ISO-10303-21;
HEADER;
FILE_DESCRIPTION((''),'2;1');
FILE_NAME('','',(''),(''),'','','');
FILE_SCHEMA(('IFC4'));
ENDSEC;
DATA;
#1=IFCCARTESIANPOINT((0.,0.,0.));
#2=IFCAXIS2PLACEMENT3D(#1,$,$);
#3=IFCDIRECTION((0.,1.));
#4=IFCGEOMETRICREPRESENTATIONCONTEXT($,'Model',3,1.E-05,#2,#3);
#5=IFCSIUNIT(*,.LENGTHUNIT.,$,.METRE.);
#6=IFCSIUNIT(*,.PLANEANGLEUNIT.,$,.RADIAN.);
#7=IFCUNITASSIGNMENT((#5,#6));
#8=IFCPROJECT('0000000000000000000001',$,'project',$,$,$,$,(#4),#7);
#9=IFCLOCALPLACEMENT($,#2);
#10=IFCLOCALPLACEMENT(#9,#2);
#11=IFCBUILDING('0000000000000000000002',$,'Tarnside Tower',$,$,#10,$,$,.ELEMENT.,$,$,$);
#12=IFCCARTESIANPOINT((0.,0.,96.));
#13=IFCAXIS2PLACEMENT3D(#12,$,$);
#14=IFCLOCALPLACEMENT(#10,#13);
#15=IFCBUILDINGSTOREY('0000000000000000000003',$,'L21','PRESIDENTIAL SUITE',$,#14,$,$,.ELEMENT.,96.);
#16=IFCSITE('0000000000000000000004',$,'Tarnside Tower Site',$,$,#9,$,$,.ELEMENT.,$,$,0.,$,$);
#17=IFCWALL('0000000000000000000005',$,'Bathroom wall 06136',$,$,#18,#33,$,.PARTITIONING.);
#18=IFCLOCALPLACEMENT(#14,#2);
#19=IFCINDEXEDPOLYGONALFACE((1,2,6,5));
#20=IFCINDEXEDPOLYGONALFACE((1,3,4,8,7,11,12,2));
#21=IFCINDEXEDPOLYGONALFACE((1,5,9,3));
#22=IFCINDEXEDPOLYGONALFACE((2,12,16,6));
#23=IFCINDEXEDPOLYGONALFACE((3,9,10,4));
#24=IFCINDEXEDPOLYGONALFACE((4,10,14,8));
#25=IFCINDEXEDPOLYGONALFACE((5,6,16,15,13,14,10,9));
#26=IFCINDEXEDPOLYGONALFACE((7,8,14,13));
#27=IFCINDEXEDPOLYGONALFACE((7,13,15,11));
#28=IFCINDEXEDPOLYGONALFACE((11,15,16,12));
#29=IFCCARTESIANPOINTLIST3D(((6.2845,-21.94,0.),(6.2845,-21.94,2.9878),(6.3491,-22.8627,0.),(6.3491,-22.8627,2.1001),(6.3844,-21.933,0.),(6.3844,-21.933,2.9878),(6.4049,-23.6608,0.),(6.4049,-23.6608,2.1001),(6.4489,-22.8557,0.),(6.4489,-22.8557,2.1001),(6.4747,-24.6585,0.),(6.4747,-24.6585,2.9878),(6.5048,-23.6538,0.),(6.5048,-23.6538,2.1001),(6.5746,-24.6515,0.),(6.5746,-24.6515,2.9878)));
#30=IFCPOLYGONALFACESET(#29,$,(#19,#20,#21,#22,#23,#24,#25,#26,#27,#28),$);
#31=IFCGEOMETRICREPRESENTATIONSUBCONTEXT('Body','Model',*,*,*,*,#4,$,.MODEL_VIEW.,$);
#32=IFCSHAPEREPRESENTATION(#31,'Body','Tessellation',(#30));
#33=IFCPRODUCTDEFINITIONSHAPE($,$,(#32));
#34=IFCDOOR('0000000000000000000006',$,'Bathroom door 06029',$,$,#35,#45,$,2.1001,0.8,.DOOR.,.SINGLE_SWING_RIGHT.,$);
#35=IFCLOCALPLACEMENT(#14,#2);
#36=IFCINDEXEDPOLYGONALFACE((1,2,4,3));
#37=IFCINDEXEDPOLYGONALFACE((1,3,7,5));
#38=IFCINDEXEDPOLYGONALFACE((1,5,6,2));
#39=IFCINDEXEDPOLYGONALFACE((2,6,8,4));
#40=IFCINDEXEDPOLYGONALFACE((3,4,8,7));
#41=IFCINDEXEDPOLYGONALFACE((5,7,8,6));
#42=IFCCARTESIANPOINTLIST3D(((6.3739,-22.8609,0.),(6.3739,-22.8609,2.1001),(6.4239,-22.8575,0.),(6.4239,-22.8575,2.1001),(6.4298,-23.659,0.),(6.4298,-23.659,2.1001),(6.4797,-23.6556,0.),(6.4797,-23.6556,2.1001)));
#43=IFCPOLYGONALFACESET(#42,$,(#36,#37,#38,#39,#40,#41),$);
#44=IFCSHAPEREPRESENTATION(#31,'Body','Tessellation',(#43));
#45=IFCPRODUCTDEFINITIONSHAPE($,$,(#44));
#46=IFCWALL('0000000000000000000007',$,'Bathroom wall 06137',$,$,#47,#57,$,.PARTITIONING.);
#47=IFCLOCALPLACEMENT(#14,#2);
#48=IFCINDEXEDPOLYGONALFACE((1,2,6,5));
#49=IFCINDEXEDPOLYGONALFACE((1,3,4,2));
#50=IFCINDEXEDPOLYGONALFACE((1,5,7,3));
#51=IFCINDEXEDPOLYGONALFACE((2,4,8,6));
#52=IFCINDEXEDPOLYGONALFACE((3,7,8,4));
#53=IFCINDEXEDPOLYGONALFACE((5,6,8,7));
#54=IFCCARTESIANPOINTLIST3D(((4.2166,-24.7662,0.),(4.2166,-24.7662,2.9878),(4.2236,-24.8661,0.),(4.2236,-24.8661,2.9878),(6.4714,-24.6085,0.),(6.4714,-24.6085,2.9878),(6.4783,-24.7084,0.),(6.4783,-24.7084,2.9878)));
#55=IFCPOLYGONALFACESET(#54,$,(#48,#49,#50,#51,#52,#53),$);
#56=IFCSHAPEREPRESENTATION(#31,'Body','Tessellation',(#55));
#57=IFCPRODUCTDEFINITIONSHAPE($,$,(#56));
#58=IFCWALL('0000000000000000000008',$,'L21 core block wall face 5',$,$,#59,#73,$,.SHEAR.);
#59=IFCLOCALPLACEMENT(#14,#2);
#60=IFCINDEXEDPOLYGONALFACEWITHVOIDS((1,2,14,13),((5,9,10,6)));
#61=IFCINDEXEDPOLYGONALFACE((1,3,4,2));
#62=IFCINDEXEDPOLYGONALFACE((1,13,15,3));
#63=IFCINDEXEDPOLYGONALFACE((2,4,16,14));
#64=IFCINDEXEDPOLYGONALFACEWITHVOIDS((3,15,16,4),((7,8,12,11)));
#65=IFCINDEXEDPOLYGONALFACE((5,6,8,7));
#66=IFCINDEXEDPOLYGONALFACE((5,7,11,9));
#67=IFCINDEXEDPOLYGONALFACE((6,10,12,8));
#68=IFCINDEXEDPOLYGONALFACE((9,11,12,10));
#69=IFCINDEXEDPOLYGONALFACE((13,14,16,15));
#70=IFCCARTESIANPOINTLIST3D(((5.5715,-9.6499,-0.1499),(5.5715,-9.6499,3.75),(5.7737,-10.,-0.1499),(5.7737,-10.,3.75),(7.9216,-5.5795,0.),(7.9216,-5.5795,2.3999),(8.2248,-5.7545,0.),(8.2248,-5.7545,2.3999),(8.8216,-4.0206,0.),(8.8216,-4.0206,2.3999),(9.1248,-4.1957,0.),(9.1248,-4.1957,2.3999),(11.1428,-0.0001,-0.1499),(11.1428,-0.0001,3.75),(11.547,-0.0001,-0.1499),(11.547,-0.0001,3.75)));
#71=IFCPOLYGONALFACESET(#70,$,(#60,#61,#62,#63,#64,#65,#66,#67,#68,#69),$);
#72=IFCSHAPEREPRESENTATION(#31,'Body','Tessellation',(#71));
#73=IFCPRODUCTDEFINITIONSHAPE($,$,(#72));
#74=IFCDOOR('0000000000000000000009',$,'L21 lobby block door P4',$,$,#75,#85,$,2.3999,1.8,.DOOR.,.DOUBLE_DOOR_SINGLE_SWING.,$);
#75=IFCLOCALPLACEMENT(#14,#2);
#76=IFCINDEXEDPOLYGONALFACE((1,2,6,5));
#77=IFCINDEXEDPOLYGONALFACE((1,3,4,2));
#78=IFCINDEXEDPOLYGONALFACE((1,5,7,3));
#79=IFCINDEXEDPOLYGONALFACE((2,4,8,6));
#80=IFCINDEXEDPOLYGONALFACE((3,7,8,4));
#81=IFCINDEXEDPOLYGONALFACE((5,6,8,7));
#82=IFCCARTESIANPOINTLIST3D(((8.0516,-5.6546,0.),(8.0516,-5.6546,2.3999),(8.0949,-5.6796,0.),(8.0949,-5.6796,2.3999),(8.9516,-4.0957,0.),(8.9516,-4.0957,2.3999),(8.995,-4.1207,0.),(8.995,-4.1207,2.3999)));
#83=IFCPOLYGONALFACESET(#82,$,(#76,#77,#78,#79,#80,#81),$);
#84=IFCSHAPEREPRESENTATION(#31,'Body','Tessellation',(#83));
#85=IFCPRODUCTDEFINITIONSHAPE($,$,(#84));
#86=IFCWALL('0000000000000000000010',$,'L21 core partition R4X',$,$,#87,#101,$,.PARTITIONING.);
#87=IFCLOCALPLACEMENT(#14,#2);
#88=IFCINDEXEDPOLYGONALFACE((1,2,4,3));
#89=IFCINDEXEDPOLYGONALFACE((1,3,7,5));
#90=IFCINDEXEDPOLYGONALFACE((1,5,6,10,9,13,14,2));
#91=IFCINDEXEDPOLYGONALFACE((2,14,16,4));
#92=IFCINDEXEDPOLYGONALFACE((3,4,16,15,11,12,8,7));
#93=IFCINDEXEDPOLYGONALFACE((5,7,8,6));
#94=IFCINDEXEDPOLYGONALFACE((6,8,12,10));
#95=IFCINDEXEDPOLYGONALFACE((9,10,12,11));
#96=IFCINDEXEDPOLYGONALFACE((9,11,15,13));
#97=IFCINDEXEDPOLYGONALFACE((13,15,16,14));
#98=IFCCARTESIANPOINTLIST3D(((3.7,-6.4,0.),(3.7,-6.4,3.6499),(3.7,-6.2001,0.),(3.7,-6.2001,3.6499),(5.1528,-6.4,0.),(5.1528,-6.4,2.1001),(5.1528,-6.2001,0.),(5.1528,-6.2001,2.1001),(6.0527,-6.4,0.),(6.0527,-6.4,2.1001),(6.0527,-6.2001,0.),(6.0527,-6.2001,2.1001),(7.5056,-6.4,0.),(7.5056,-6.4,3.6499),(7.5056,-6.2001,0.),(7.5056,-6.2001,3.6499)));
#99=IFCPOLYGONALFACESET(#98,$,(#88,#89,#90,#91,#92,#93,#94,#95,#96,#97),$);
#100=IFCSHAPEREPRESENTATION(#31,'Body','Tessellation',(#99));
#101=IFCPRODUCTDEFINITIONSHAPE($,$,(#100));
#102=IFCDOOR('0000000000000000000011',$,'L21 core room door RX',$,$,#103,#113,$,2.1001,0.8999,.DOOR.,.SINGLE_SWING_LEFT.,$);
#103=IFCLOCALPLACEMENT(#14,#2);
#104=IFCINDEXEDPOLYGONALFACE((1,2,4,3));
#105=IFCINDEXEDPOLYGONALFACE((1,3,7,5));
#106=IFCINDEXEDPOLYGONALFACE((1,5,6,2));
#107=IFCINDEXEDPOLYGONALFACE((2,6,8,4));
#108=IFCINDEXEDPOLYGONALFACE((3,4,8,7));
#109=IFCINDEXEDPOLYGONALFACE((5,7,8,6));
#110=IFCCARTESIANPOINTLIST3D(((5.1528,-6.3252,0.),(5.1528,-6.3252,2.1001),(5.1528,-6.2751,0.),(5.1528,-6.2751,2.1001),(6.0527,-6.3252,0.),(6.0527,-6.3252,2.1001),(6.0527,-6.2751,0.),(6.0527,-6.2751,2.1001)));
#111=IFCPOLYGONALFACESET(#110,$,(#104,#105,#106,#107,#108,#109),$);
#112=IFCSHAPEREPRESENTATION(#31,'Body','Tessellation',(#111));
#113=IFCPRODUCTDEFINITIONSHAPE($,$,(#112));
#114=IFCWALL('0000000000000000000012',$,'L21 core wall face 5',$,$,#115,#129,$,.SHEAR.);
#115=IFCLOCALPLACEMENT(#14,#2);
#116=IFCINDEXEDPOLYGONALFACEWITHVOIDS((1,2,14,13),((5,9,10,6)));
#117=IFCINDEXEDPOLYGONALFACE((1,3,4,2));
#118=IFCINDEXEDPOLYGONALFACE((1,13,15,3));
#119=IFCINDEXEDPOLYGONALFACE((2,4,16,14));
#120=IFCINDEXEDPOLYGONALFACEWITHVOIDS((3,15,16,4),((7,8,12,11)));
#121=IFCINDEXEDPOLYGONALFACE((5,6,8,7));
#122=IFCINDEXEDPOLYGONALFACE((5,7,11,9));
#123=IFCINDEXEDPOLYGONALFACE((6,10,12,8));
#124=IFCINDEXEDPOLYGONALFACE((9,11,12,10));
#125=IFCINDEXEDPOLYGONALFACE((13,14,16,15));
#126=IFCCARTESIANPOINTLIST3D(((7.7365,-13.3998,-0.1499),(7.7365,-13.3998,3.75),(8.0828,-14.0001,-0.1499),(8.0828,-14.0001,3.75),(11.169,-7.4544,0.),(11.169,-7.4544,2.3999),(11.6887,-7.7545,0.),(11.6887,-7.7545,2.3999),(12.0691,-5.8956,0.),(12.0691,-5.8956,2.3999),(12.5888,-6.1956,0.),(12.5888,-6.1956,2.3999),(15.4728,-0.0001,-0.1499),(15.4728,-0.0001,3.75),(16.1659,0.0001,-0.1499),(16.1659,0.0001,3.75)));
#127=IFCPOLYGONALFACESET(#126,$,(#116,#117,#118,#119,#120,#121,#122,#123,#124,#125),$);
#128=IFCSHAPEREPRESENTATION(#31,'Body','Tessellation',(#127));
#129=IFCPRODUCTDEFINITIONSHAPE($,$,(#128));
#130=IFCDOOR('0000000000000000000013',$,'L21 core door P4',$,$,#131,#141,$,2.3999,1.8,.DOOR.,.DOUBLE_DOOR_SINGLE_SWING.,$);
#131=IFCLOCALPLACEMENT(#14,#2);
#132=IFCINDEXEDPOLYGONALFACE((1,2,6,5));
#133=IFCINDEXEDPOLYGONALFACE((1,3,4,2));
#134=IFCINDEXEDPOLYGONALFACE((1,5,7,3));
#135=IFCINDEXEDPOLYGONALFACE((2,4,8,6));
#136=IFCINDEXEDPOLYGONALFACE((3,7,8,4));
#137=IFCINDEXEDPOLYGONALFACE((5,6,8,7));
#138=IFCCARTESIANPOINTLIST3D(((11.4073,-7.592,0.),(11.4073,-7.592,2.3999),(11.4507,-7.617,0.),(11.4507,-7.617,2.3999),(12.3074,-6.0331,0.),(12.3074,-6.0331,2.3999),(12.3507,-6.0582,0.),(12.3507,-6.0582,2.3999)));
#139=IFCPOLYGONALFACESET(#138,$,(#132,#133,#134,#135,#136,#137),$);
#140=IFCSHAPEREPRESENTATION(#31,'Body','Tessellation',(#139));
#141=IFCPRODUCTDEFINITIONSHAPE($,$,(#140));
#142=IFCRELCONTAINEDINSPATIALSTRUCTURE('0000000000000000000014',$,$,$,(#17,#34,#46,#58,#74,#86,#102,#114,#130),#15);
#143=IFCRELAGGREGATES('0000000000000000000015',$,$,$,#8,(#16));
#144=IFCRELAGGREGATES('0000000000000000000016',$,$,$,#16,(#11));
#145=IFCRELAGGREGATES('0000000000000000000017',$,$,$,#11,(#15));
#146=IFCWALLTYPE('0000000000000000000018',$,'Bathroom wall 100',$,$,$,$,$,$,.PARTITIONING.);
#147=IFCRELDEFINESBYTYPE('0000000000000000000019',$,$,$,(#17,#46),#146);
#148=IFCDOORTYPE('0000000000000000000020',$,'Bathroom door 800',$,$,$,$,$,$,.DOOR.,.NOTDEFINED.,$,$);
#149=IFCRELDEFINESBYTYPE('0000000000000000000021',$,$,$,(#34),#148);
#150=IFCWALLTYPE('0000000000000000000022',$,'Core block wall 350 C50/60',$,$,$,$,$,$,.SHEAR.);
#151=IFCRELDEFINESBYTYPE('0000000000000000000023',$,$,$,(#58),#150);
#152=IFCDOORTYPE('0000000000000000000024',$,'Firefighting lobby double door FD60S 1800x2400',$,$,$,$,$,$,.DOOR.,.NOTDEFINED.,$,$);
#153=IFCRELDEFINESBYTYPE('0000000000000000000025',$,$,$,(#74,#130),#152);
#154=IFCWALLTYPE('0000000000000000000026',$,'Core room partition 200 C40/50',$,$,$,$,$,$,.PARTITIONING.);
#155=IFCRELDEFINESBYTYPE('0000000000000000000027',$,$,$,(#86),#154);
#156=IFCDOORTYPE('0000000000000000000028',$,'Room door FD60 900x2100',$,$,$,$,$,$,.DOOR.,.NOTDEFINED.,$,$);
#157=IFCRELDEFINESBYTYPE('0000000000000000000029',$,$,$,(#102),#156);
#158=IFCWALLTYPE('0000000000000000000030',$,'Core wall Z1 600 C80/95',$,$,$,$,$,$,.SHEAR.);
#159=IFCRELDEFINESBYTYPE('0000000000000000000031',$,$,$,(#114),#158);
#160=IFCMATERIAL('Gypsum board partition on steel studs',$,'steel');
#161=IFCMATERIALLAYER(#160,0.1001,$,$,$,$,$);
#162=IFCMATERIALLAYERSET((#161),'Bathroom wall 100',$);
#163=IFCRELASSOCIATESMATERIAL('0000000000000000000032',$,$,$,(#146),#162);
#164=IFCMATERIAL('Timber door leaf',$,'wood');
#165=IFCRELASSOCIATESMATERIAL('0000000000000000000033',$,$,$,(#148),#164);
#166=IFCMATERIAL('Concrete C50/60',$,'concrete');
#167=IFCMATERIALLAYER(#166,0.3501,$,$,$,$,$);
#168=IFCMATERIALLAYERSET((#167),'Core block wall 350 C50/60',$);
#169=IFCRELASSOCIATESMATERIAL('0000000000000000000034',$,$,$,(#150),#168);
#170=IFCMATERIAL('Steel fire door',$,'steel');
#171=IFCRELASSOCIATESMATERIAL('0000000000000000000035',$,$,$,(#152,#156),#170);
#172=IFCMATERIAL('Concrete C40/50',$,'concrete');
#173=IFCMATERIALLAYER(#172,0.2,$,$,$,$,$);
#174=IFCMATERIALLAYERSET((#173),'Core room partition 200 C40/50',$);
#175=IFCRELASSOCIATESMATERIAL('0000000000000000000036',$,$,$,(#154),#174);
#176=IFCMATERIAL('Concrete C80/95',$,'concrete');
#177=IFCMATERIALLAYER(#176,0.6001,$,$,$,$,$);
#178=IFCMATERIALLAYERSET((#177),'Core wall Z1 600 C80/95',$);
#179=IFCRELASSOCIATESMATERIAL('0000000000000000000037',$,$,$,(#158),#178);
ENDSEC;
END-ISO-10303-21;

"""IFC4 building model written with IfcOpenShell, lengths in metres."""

from ifc_helpers import new_model, si_unit, direction, frame, frame_2d, origin, place, context, subcontext, project, spatial, polyline, rectangle, outline, extrude, material, layer, layer_set, type_object, element, fill, save


model = new_model("IFC4")

# Units and contexts
model_context = context("Model", 3, precision=1e-05, world=origin(), true_north=direction((0.0, 1.0)))
body_context = subcontext(model_context, "Body", "Model", "MODEL_VIEW")
ifc_project = project(units=[si_unit("LENGTHUNIT", "METRE"), si_unit("PLANEANGLEUNIT", "RADIAN")], contexts=[model_context])

# Site, building, storey
site_placement = place(None, origin())
site = spatial("IfcSite", under=ifc_project, at=site_placement, Name="Tarnside Tower Site", CompositionType="ELEMENT", RefElevation=0.0)
building_placement = place(site_placement, origin())
building = spatial("IfcBuilding", under=site, at=building_placement, Name="Tarnside Tower", CompositionType="ELEMENT")
storey_placement = place(building_placement, frame((0.0, 0.0, 96.0)))
storey = spatial("IfcBuildingStorey", under=building, at=storey_placement, Name="L21", Description="PRESIDENTIAL SUITE", CompositionType="ELEMENT", Elevation=96.0)

# Wall, opening, door
ifc_material_1 = material(Name="Gypsum board partition on steel studs", Category="steel")
ifc_layer_1 = layer(ifc_material_1, 0.1001)
ifc_layer_set_1 = layer_set([ifc_layer_1], Name="Bathroom wall 100")
wall_type_1 = type_object("IfcWallType", Name="Bathroom wall 100", PredefinedType="PARTITIONING", material=ifc_layer_set_1)
wall_1_placement = place(storey_placement, frame((6.3345, -21.9365, 0.0), z_axis=(0.0, 0.0, 1.0), x_axis=(0.069789, -0.997562, 0.0)))
wall_1 = element("IfcWall", 1, at=wall_1_placement, inside=storey, type_object=wall_type_1, Name="Bathroom wall 06136", PredefinedType="PARTITIONING", context=body_context, shape_type="SweptSolid", body=[
    extrude(rectangle(XDim=2.7251, YDim=0.1001, at=frame_2d((1.3625, 0.0))), origin(), (0.0, 0.0, 1.0), 2.9878),
])
opening_1_placement = place(wall_1_placement, frame((0.925, 0.0, 0.0)))
opening_1 = element("IfcOpeningElement", 2, at=opening_1_placement, cuts=wall_1, PredefinedType="OPENING", context=body_context, shape_type="SweptSolid", body=[
    extrude(rectangle(XDim=0.8, YDim=2.1001, at=frame_2d((0.3999, 1.05))), frame((0.0, 0.0601, 0.0), z_axis=(0.0, -1.0, 0.0), x_axis=(1.0, 0.0, 0.0)), (0.0, 0.0, 1.0), 0.1201),
])
ifc_material_2 = material(Name="Timber door leaf", Category="wood")
door_type_1 = type_object("IfcDoorType", Name="Bathroom door 800", OperationType="NOTDEFINED", PredefinedType="DOOR", material=ifc_material_2)
door_1_placement = place(opening_1_placement, origin())
door_1 = element("IfcDoor", 3, at=door_1_placement, inside=storey, type_object=door_type_1, Name="Bathroom door 06029", OperationType="SINGLE_SWING_RIGHT", OverallHeight=2.1001, OverallWidth=0.8, PredefinedType="DOOR", context=body_context, shape_type="SweptSolid", body=[
    extrude(rectangle(XDim=0.8, YDim=2.1001, at=frame_2d((0.3999, 1.05))), frame((0.0, 0.0249, 0.0), z_axis=(0.0, -1.0, 0.0), x_axis=(1.0, 0.0, 0.0)), (0.0, 0.0, 1.0), 0.05),
])
fill(opening_1, door_1)

# Wall
wall_2_placement = place(storey_placement, frame((6.4749, -24.6584, 0.0), z_axis=(0.0, 0.0, 1.0), x_axis=(-0.997562, -0.069781, 0.0)))
element("IfcWall", 4, at=wall_2_placement, inside=storey, type_object=wall_type_1, Name="Bathroom wall 06137", PredefinedType="PARTITIONING", context=body_context, shape_type="SweptSolid", body=[
    extrude(rectangle(XDim=2.2603, YDim=0.1001, at=frame_2d((1.1301, 0.0))), origin(), (0.0, 0.0, 1.0), 2.9878),
])

# Walls, openings, doors
ifc_material_3 = material(Name="Concrete C50/60", Category="concrete")
ifc_layer_2 = layer(ifc_material_3, 0.3501)
ifc_layer_set_2 = layer_set([ifc_layer_2], Name="Core block wall 350 C50/60")
wall_type_2 = type_object("IfcWallType", Name="Core block wall 350 C50/60", PredefinedType="SHEAR", material=ifc_layer_set_2)
wall_3_placement = place(storey_placement, frame((5.6726, -9.825, -0.1499), z_axis=(0.0, 0.0, 1.0), x_axis=(0.499995, 0.866028, 0.0)))
wall_3 = element("IfcWall", 5, at=wall_3_placement, inside=storey, type_object=wall_type_2, Name="L21 core block wall face 5", PredefinedType="SHEAR", context=body_context, shape_type="SweptSolid", body=[
    extrude(outline(polyline([(-0.1011, -0.175), (11.4458, -0.175), (11.2437, 0.175), (0.1011, 0.175), (-0.1011, -0.175)])), origin(), (0.0, 0.0, 1.0), 3.8999),
])
opening_2_placement = place(wall_3_placement, frame((4.8013, 0.0, 0.1499)))
opening_2 = element("IfcOpeningElement", 6, at=opening_2_placement, cuts=wall_3, PredefinedType="OPENING", context=body_context, shape_type="SweptSolid", body=[
    extrude(rectangle(XDim=1.8, YDim=2.3999, at=frame_2d((0.8999, 1.2))), frame((0.0, 0.1851, 0.0), z_axis=(0.0, -1.0, 0.0), x_axis=(1.0, 0.0, 0.0)), (0.0, 0.0, 1.0), 0.3701),
])
ifc_material_4 = material(Name="Steel fire door", Category="steel")
door_type_2 = type_object("IfcDoorType", Name="Firefighting lobby double door FD60S 1800x2400", OperationType="NOTDEFINED", PredefinedType="DOOR", material=ifc_material_4)
door_2_placement = place(opening_2_placement, origin())
door_2 = element("IfcDoor", 7, at=door_2_placement, inside=storey, type_object=door_type_2, Name="L21 lobby block door P4", OperationType="DOUBLE_DOOR_SINGLE_SWING", OverallHeight=2.3999, OverallWidth=1.8, PredefinedType="DOOR", context=body_context, shape_type="SweptSolid", body=[
    extrude(rectangle(XDim=1.8, YDim=2.3999, at=frame_2d((0.8999, 1.2))), frame((0.0, 0.0249, 0.0), z_axis=(0.0, -1.0, 0.0), x_axis=(1.0, 0.0, 0.0)), (0.0, 0.0, 1.0), 0.05),
])
fill(opening_2, door_2)
ifc_material_5 = material(Name="Concrete C40/50", Category="concrete")
ifc_layer_3 = layer(ifc_material_5, 0.2)
ifc_layer_set_3 = layer_set([ifc_layer_3], Name="Core room partition 200 C40/50")
wall_type_3 = type_object("IfcWallType", Name="Core room partition 200 C40/50", PredefinedType="PARTITIONING", material=ifc_layer_set_3)
wall_4_placement = place(storey_placement, frame((3.7, -6.3, 0.0), z_axis=(0.0, 0.0, 1.0), x_axis=(1.0, 0.0, 0.0)))
wall_4 = element("IfcWall", 8, at=wall_4_placement, inside=storey, type_object=wall_type_3, Name="L21 core partition R4X", PredefinedType="PARTITIONING", context=body_context, shape_type="SweptSolid", body=[
    extrude(rectangle(XDim=3.8057, YDim=0.2, at=frame_2d((1.9028, 0.0))), origin(), (0.0, 0.0, 1.0), 3.6499),
])
opening_3_placement = place(wall_4_placement, frame((1.4529, 0.0, 0.0)))
opening_3 = element("IfcOpeningElement", 9, at=opening_3_placement, cuts=wall_4, PredefinedType="OPENING", context=body_context, shape_type="SweptSolid", body=[
    extrude(rectangle(XDim=0.8999, YDim=2.1001, at=frame_2d((0.45, 1.05))), frame((0.0, 0.1099, 0.0), z_axis=(0.0, -1.0, 0.0), x_axis=(1.0, 0.0, 0.0)), (0.0, 0.0, 1.0), 0.22),
])
door_type_3 = type_object("IfcDoorType", Name="Room door FD60 900x2100", OperationType="NOTDEFINED", PredefinedType="DOOR", material=ifc_material_4)
door_3_placement = place(opening_3_placement, origin())
door_3 = element("IfcDoor", 10, at=door_3_placement, inside=storey, type_object=door_type_3, Name="L21 core room door RX", OperationType="SINGLE_SWING_LEFT", OverallHeight=2.1001, OverallWidth=0.8999, PredefinedType="DOOR", context=body_context, shape_type="SweptSolid", body=[
    extrude(rectangle(XDim=0.8999, YDim=2.1001, at=frame_2d((0.45, 1.05))), frame((0.0, 0.0249, 0.0), z_axis=(0.0, -1.0, 0.0), x_axis=(1.0, 0.0, 0.0)), (0.0, 0.0, 1.0), 0.05),
])
fill(opening_3, door_3)
ifc_material_6 = material(Name="Concrete C80/95", Category="concrete")
ifc_layer_4 = layer(ifc_material_6, 0.6001)
ifc_layer_set_4 = layer_set([ifc_layer_4], Name="Core wall Z1 600 C80/95")
wall_type_4 = type_object("IfcWallType", Name="Core wall Z1 600 C80/95", PredefinedType="SHEAR", material=ifc_layer_set_4)
wall_5_placement = place(storey_placement, frame((7.9097, -13.7, -0.1499), z_axis=(0.0, 0.0, 1.0), x_axis=(0.5, 0.866025, 0.0)))
wall_5 = element("IfcWall", 11, at=wall_5_placement, inside=storey, type_object=wall_type_4, Name="L21 core wall face 5", PredefinedType="SHEAR", context=body_context, shape_type="SweptSolid", body=[
    extrude(outline(polyline([(-0.1733, -0.3), (15.9927, -0.3), (15.646, 0.3), (0.1733, 0.3), (-0.1733, -0.3)])), origin(), (0.0, 0.0, 1.0), 3.8999),
])
opening_4_placement = place(wall_5_placement, frame((7.0386, 0.0, 0.1499)))
opening_4 = element("IfcOpeningElement", 12, at=opening_4_placement, cuts=wall_5, PredefinedType="OPENING", context=body_context, shape_type="SweptSolid", body=[
    extrude(rectangle(XDim=1.8, YDim=2.3999, at=frame_2d((0.8999, 1.2))), frame((0.0, 0.3101, 0.0), z_axis=(0.0, -1.0, 0.0), x_axis=(1.0, 0.0, 0.0)), (0.0, 0.0, 1.0), 0.6201),
])
door_4_placement = place(opening_4_placement, origin())
door_4 = element("IfcDoor", 13, at=door_4_placement, inside=storey, type_object=door_type_2, Name="L21 core door P4", OperationType="DOUBLE_DOOR_SINGLE_SWING", OverallHeight=2.3999, OverallWidth=1.8, PredefinedType="DOOR", context=body_context, shape_type="SweptSolid", body=[
    extrude(rectangle(XDim=1.8, YDim=2.3999, at=frame_2d((0.8999, 1.2))), frame((0.0, 0.0249, 0.0), z_axis=(0.0, -1.0, 0.0), x_axis=(1.0, 0.0, 0.0)), (0.0, 0.0, 1.0), 0.05),
])
fill(opening_4, door_4)

save(model, "model.ifc")
